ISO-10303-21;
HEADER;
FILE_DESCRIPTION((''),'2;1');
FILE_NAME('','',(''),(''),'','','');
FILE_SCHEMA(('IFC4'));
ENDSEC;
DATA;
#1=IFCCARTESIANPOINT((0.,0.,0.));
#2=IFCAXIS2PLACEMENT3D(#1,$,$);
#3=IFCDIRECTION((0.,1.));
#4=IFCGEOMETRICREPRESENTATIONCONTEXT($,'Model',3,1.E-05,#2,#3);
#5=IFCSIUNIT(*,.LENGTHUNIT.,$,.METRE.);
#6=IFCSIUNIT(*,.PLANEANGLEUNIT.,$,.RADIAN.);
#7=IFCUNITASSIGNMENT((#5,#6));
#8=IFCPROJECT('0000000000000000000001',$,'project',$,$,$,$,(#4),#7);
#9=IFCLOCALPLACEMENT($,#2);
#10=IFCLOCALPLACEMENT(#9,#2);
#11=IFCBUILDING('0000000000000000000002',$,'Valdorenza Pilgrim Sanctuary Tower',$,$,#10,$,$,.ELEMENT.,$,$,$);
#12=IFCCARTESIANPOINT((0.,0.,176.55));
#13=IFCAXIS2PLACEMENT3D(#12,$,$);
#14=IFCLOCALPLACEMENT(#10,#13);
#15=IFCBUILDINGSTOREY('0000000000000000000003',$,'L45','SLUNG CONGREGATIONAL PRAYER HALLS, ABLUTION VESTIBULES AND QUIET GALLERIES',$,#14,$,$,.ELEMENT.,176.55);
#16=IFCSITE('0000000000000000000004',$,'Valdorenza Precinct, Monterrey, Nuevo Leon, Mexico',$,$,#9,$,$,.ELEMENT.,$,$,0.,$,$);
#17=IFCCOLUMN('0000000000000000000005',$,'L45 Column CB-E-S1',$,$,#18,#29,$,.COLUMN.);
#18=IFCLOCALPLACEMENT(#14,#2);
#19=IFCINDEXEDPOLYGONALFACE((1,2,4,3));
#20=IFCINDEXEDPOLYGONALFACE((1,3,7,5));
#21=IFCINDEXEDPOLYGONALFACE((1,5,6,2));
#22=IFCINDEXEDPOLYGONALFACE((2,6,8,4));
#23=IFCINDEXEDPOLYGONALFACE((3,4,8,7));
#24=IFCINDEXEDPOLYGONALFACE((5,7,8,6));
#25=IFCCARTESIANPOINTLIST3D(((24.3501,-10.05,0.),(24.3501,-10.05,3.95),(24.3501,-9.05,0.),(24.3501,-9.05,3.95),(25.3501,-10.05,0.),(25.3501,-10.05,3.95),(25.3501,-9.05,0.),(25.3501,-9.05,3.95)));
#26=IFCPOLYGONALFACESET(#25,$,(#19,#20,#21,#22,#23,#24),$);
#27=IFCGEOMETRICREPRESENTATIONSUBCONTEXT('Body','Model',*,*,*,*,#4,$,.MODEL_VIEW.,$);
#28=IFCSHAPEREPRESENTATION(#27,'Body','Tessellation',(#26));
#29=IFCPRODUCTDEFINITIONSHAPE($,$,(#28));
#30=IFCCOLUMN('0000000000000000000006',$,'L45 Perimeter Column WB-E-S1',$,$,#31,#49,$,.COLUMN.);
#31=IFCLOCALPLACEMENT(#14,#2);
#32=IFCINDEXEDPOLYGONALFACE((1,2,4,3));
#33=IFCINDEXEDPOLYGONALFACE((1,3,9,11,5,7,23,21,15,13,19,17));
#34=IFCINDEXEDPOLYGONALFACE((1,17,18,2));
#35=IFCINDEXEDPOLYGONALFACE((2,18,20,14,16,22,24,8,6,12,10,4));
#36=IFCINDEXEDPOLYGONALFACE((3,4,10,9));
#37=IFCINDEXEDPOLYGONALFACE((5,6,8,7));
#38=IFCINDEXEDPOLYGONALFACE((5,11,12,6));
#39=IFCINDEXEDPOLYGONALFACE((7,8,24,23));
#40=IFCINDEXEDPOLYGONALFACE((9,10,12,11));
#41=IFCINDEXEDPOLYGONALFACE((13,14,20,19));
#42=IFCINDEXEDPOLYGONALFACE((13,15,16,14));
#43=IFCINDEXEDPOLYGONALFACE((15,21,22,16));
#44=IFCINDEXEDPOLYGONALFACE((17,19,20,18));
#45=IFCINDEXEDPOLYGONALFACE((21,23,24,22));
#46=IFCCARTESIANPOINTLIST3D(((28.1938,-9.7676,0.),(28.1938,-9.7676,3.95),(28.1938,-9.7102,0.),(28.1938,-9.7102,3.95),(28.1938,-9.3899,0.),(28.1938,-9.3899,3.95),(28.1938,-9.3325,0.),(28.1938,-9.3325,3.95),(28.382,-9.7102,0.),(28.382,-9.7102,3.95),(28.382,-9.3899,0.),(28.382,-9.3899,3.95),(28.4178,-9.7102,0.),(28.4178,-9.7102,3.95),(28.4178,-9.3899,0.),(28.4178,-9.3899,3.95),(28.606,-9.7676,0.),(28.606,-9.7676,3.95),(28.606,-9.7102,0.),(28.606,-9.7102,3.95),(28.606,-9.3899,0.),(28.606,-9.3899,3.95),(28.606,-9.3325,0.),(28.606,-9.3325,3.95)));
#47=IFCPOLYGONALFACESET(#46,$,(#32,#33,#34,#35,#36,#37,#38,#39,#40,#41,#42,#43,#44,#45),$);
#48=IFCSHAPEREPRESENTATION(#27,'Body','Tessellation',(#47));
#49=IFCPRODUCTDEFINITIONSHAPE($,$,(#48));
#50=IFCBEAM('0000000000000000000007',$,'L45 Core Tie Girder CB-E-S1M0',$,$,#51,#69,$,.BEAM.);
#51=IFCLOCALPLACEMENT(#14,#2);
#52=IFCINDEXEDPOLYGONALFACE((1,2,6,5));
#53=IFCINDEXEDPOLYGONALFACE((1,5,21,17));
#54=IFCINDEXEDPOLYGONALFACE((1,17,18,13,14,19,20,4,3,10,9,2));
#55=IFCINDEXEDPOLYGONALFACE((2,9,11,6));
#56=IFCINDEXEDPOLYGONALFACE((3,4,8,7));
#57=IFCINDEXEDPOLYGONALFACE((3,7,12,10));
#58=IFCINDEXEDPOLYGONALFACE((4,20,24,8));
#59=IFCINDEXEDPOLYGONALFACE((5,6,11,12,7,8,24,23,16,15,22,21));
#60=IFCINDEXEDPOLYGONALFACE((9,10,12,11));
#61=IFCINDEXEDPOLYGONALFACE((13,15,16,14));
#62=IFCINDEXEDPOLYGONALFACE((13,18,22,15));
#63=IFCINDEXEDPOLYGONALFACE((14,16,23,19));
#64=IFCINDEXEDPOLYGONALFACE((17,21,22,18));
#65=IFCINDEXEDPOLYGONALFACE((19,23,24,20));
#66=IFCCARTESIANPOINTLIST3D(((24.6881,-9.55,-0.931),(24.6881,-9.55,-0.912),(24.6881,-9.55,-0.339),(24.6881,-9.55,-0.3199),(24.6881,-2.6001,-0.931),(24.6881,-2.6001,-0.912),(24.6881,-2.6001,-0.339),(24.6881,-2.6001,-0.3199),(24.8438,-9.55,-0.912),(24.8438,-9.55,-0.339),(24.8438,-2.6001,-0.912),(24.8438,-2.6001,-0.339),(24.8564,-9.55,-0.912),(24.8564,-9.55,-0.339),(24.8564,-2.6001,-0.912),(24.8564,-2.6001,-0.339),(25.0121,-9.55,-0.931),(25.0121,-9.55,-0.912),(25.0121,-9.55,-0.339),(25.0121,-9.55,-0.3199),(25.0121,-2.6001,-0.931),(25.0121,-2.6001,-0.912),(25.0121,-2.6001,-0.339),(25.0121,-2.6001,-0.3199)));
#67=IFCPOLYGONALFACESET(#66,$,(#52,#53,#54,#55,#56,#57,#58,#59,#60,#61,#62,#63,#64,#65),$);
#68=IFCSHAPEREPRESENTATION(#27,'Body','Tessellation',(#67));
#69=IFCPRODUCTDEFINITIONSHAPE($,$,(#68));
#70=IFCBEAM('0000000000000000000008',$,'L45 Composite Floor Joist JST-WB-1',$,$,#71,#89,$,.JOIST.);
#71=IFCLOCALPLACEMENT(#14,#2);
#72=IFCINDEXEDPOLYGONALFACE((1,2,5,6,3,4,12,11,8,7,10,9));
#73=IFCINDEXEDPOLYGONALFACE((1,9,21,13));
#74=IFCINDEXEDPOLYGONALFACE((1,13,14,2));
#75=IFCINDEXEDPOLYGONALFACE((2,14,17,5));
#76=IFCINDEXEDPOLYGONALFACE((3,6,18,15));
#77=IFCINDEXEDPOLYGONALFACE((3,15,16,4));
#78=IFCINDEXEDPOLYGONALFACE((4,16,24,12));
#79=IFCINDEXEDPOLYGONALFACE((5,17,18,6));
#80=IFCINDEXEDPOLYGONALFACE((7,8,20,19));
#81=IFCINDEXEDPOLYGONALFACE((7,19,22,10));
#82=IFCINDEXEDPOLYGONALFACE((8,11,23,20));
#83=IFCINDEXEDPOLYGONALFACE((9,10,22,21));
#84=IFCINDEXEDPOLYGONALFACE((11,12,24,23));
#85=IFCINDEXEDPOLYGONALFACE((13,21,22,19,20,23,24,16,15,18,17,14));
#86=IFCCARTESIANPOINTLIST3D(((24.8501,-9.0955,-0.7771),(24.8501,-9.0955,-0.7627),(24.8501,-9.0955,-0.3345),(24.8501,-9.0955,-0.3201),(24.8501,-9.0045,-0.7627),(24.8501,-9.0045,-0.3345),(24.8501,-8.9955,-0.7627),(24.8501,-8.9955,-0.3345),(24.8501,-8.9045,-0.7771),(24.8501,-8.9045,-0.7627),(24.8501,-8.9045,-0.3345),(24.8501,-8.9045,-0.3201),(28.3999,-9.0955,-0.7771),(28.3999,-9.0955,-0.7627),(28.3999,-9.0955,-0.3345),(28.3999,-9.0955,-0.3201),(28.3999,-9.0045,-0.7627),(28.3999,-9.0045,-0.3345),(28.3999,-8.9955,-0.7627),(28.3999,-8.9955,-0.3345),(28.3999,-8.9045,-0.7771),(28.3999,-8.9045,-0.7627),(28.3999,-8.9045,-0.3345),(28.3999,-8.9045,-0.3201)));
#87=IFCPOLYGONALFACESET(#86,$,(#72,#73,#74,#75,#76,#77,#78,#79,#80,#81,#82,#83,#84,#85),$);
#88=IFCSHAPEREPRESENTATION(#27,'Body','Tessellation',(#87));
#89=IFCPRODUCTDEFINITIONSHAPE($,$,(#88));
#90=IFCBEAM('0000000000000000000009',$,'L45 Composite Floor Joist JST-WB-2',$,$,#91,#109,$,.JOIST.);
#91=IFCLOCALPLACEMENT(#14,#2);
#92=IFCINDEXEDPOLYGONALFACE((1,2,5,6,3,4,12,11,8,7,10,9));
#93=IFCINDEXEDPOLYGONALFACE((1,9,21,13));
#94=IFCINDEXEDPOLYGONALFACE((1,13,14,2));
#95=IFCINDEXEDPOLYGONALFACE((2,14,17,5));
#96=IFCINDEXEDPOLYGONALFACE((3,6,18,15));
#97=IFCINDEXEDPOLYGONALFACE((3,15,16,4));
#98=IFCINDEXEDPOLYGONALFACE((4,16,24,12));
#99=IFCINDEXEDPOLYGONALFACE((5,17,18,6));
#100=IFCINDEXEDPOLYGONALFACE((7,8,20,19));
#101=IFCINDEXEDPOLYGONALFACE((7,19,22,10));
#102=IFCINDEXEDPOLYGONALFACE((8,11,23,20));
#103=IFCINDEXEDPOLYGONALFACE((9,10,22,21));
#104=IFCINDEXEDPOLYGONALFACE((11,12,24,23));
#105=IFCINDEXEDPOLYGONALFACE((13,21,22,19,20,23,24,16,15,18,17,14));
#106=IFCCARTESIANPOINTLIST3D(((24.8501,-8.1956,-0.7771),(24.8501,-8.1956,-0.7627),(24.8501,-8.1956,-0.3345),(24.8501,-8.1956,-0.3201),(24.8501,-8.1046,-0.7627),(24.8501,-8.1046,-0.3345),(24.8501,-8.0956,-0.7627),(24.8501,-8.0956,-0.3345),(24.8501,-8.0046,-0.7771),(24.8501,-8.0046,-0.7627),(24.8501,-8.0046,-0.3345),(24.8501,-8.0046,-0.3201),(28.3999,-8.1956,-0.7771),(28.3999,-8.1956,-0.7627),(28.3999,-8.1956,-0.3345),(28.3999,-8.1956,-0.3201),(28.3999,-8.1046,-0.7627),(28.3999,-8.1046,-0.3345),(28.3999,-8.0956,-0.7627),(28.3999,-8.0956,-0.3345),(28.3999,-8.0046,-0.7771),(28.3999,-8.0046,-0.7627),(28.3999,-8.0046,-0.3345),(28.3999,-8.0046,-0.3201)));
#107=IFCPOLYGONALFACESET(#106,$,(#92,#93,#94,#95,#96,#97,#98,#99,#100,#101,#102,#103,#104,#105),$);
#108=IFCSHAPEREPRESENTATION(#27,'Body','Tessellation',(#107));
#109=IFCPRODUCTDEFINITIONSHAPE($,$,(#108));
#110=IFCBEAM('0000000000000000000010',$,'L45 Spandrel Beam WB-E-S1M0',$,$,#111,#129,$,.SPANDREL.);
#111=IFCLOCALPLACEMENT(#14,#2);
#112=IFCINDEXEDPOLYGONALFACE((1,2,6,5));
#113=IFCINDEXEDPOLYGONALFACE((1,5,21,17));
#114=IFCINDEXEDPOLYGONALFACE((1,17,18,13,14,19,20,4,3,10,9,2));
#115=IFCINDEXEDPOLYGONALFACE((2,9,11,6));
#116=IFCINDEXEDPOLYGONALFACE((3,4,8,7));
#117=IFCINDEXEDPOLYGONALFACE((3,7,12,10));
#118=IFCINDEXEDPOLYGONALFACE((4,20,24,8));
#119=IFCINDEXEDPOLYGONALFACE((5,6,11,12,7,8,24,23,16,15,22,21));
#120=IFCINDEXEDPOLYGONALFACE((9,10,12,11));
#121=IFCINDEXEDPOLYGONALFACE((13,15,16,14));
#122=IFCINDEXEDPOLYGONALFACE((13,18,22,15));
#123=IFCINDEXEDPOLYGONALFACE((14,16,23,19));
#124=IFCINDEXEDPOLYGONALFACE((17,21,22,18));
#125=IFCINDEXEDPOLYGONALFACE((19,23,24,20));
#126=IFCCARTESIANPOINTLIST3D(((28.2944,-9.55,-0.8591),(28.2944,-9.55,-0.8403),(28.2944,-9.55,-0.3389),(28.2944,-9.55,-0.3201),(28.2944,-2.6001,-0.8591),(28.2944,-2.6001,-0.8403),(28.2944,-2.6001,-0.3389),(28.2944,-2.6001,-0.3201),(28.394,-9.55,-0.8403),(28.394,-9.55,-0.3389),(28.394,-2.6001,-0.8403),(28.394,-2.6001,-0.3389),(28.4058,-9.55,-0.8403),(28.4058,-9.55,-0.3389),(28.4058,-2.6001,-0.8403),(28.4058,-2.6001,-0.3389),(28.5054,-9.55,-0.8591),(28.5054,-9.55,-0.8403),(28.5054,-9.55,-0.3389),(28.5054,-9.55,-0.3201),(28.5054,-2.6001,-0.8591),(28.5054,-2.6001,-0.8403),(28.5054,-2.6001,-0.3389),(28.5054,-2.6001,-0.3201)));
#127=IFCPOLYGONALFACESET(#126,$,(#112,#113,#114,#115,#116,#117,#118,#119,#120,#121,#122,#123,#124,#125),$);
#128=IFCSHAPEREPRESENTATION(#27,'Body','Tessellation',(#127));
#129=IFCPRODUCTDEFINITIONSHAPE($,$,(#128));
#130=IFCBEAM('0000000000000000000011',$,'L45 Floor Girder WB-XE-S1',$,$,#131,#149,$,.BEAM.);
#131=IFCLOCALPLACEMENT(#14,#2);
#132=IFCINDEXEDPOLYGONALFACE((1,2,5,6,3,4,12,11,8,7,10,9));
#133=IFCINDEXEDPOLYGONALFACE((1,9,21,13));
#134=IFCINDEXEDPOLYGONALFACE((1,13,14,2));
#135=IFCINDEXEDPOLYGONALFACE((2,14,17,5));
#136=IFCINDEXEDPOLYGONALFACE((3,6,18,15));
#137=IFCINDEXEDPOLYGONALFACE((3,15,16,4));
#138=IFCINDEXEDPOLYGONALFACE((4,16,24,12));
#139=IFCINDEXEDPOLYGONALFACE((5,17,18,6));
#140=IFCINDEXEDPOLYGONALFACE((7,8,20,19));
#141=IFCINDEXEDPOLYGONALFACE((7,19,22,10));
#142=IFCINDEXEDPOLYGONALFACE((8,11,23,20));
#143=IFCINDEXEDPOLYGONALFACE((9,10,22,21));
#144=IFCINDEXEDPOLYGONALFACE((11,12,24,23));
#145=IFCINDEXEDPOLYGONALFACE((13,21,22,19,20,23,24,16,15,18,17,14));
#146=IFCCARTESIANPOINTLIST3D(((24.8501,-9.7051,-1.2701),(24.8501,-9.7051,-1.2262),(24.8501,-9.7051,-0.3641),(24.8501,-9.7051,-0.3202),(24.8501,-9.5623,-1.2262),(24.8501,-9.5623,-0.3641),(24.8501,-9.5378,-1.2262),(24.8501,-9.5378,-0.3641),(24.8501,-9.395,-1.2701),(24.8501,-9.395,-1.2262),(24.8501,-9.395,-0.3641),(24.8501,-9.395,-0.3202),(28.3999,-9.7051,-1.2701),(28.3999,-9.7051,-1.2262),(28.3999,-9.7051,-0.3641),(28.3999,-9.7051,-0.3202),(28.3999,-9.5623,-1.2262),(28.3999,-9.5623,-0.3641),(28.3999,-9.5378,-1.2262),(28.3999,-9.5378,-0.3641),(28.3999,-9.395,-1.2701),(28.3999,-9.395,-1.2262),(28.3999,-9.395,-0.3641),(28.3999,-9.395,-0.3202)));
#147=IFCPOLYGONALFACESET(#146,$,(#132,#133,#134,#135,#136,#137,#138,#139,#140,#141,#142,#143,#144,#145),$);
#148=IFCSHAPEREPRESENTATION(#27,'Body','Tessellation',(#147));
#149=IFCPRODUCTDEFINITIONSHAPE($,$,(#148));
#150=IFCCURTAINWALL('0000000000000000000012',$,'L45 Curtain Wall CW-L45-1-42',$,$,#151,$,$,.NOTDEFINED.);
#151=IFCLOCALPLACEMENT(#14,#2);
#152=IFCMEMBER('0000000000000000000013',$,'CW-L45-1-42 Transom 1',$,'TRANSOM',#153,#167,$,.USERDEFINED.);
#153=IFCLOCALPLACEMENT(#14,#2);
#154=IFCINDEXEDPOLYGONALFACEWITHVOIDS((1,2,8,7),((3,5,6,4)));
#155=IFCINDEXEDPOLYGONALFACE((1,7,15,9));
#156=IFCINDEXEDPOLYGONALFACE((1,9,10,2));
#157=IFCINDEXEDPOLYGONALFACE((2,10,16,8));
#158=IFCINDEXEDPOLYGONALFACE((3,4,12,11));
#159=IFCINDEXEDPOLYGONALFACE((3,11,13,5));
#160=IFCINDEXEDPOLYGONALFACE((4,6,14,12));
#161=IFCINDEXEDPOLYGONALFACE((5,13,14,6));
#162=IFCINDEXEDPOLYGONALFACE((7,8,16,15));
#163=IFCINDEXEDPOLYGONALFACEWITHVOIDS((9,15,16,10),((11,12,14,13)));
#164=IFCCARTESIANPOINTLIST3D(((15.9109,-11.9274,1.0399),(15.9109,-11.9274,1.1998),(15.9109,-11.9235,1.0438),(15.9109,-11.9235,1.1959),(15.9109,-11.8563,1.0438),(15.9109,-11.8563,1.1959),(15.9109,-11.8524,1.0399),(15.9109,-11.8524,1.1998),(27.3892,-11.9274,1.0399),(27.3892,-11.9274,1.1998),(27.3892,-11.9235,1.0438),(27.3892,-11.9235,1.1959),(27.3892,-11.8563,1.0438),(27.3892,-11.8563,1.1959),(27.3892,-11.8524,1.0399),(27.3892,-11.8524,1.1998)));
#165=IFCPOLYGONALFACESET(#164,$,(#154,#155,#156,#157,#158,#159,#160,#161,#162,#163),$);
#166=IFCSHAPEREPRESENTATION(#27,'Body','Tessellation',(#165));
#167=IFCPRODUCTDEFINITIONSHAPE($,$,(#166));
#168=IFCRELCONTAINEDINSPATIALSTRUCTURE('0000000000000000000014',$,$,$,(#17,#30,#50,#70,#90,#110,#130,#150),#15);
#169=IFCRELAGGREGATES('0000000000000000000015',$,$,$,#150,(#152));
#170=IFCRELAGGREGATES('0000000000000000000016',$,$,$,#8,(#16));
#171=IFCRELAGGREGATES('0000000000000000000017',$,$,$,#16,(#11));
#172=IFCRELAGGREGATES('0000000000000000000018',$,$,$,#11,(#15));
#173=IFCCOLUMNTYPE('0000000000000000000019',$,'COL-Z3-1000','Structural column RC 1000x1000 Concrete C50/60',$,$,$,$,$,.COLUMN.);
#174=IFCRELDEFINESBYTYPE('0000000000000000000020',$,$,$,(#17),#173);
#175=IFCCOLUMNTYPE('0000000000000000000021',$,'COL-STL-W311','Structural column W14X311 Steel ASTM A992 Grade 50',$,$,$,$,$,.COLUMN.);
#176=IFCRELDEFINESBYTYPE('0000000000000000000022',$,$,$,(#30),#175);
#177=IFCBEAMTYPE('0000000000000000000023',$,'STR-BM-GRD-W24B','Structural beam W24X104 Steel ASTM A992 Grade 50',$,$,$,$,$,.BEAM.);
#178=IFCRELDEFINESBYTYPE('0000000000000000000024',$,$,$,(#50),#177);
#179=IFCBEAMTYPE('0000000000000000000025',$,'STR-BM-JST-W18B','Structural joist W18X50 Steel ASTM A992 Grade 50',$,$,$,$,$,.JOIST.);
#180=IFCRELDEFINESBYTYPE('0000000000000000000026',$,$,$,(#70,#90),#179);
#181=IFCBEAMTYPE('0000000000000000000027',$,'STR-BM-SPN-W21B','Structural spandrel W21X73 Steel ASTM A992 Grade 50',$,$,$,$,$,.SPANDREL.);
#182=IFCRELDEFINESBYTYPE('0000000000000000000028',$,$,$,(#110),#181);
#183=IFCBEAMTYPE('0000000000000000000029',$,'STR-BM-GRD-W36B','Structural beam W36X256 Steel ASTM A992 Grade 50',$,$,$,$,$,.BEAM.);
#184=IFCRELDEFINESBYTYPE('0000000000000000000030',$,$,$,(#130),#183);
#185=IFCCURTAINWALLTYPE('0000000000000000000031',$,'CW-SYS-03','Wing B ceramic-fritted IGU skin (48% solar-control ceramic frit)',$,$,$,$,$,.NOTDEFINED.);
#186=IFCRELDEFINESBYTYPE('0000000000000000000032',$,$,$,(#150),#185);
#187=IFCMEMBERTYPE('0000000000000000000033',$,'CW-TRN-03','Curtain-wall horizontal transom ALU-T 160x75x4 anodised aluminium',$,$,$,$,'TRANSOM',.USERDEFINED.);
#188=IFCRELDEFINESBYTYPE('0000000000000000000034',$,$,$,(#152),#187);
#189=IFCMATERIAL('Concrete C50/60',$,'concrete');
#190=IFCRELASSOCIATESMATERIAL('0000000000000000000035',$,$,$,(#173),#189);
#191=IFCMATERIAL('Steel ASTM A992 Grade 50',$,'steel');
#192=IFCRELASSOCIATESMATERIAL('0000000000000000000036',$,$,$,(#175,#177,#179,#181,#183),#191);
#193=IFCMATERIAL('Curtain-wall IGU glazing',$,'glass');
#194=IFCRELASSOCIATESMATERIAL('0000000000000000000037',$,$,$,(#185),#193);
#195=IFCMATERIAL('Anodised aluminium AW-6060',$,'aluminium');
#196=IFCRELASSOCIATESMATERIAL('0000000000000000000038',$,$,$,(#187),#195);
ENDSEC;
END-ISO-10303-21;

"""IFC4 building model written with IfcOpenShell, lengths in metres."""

from ifc_helpers import new_model, si_unit, direction, frame, origin, origin_2d, place, context, subcontext, project, spatial, rectangle, hollow_rectangle, i_section, extrude, source, transform, mapped, material, material_profile, profile_set, type_object, element, aggregate, save


model = new_model("IFC4")

# Units and contexts
model_context = context("Model", 3, precision=1e-05, world=origin(), true_north=direction((0.0, 1.0)))
body_context = subcontext(model_context, "Body", "Model", "MODEL_VIEW")
ifc_project = project(units=[si_unit("LENGTHUNIT", "METRE"), si_unit("PLANEANGLEUNIT", "RADIAN")], contexts=[model_context])

# Site, building, storey
site_placement = place(None, origin())
site = spatial("IfcSite", under=ifc_project, at=site_placement, Name="Valdorenza Precinct, Monterrey, Nuevo Leon, Mexico", CompositionType="ELEMENT", RefElevation=0.0)
building_placement = place(site_placement, origin())
building = spatial("IfcBuilding", under=site, at=building_placement, Name="Valdorenza Pilgrim Sanctuary Tower", CompositionType="ELEMENT")
storey_placement = place(building_placement, frame((0.0, 0.0, 176.55)))
storey = spatial("IfcBuildingStorey", under=building, at=storey_placement, Name="L45", Description="SLUNG CONGREGATIONAL PRAYER HALLS, ABLUTION VESTIBULES AND QUIET GALLERIES", CompositionType="ELEMENT", Elevation=176.55)

# Columns
ifc_material_1 = material(Name="Concrete C50/60", Category="concrete")
ifc_material_profile_1 = material_profile(ifc_material_1, rectangle(XDim=1.0, YDim=1.0, at=origin_2d()), Name="RC 1000x1000")
ifc_profile_set_1 = profile_set([ifc_material_profile_1], Name="Concrete C50/60")
column_type_1 = type_object("IfcColumnType", Name="COL-Z3-1000", Description="Structural column RC 1000x1000 Concrete C50/60", PredefinedType="COLUMN", material=ifc_profile_set_1)
shared_shape_1 = source(origin(), body_context, "Body", "SweptSolid", [
    extrude(rectangle(XDim=1.0, YDim=1.0, at=origin_2d()), origin(), (0.0, 0.0, 1.0), 3.95),
])
column_1_placement = place(storey_placement, frame((24.8501, -9.55, 0.0), z_axis=(0.0, 0.0, 1.0), x_axis=(1.0, 0.0, 0.0)))
element("IfcColumn", 1, at=column_1_placement, inside=storey, type_object=column_type_1, Name="L45 Column CB-E-S1", PredefinedType="COLUMN", context=body_context, shape_type="MappedRepresentation", body=[
    mapped(shared_shape_1, transform((0.0, 0.0, 0.0), x_axis=(1.0, 0.0, 0.0), y_axis=(0.0, 1.0, 0.0), z_axis=(0.0, 0.0, 1.0), scale=1.0)),
])
ifc_material_2 = material(Name="Steel ASTM A992 Grade 50", Category="steel")
ifc_material_profile_2 = material_profile(ifc_material_2, i_section(OverallWidth=0.4121, OverallDepth=0.4351, WebThickness=0.0359, FlangeThickness=0.0574, at=origin_2d()), Name="W14X311")
ifc_profile_set_2 = profile_set([ifc_material_profile_2], Name="Steel ASTM A992 Grade 50")
column_type_2 = type_object("IfcColumnType", Name="COL-STL-W311", Description="Structural column W14X311 Steel ASTM A992 Grade 50", PredefinedType="COLUMN", material=ifc_profile_set_2)
shared_shape_2 = source(origin(), body_context, "Body", "SweptSolid", [
    extrude(i_section(OverallWidth=0.4121, OverallDepth=0.4351, WebThickness=0.0359, FlangeThickness=0.0574, at=origin_2d()), origin(), (0.0, 0.0, 1.0), 3.95),
])
column_2_placement = place(storey_placement, frame((28.3999, -9.55, 0.0), z_axis=(0.0, 0.0, 1.0), x_axis=(1.0, 0.0, 0.0)))
element("IfcColumn", 2, at=column_2_placement, inside=storey, type_object=column_type_2, Name="L45 Perimeter Column WB-E-S1", PredefinedType="COLUMN", context=body_context, shape_type="MappedRepresentation", body=[
    mapped(shared_shape_2, transform((0.0, 0.0, 0.0), x_axis=(1.0, 0.0, 0.0), y_axis=(0.0, 1.0, 0.0), z_axis=(0.0, 0.0, 1.0), scale=1.0)),
])

# Beams
ifc_material_profile_3 = material_profile(ifc_material_2, i_section(OverallWidth=0.324, OverallDepth=0.6111, WebThickness=0.0127, FlangeThickness=0.019, at=origin_2d()), Name="W24X104")
ifc_profile_set_3 = profile_set([ifc_material_profile_3], Name="Steel ASTM A992 Grade 50")
beam_type_1 = type_object("IfcBeamType", Name="STR-BM-GRD-W24B", Description="Structural beam W24X104 Steel ASTM A992 Grade 50", PredefinedType="BEAM", material=ifc_profile_set_3)
shared_shape_3 = source(origin(), body_context, "Body", "SweptSolid", [
    extrude(i_section(OverallWidth=0.324, OverallDepth=0.6111, WebThickness=0.0127, FlangeThickness=0.019, at=origin_2d()), origin(), (0.0, 0.0, 1.0), 6.95),
])
beam_1_placement = place(storey_placement, frame((24.8501, -9.55, -0.6255), z_axis=(0.0, 1.0, 0.0), x_axis=(-1.0, 0.0, 0.0)))
element("IfcBeam", 3, at=beam_1_placement, inside=storey, type_object=beam_type_1, Name="L45 Core Tie Girder CB-E-S1M0", PredefinedType="BEAM", context=body_context, shape_type="MappedRepresentation", body=[
    mapped(shared_shape_3, transform((0.0, 0.0, 0.0), x_axis=(1.0, 0.0, 0.0), y_axis=(0.0, 1.0, 0.0), z_axis=(0.0, 0.0, 1.0), scale=1.0)),
])
ifc_material_profile_4 = material_profile(ifc_material_2, i_section(OverallWidth=0.1909, OverallDepth=0.457, WebThickness=0.009, FlangeThickness=0.0144, at=origin_2d()), Name="W18X50")
ifc_profile_set_4 = profile_set([ifc_material_profile_4], Name="Steel ASTM A992 Grade 50")
beam_type_2 = type_object("IfcBeamType", Name="STR-BM-JST-W18B", Description="Structural joist W18X50 Steel ASTM A992 Grade 50", PredefinedType="JOIST", material=ifc_profile_set_4)
shared_shape_4 = source(origin(), body_context, "Body", "SweptSolid", [
    extrude(i_section(OverallWidth=0.1909, OverallDepth=0.457, WebThickness=0.009, FlangeThickness=0.0144, at=origin_2d()), origin(), (0.0, 0.0, 1.0), 3.5498),
])
for number, where, z_axis, x_axis, name in (
    (4, (24.8501, -9.0, -0.5486), (1.0, 0.0, 0.0), (0.0, 1.0, 0.0), "L45 Composite Floor Joist JST-WB-1"),
    (5, (24.8501, -8.1001, -0.5486), (1.0, 0.0, 0.0), (0.0, 1.0, 0.0), "L45 Composite Floor Joist JST-WB-2"),
):
    element("IfcBeam", number, at=place(storey_placement, frame(where, z_axis=z_axis, x_axis=x_axis)), inside=storey, type_object=beam_type_2, Name=name, PredefinedType="JOIST", context=body_context, shape_type="MappedRepresentation", body=[
        mapped(shared_shape_4, transform((0.0, 0.0, 0.0), x_axis=(1.0, 0.0, 0.0), y_axis=(0.0, 1.0, 0.0), z_axis=(0.0, 0.0, 1.0), scale=1.0)),
    ])
ifc_material_profile_5 = material_profile(ifc_material_2, i_section(OverallWidth=0.2109, OverallDepth=0.5391, WebThickness=0.0117, FlangeThickness=0.0188, at=origin_2d()), Name="W21X73")
ifc_profile_set_5 = profile_set([ifc_material_profile_5], Name="Steel ASTM A992 Grade 50")
beam_type_3 = type_object("IfcBeamType", Name="STR-BM-SPN-W21B", Description="Structural spandrel W21X73 Steel ASTM A992 Grade 50", PredefinedType="SPANDREL", material=ifc_profile_set_5)
shared_shape_5 = source(origin(), body_context, "Body", "SweptSolid", [
    extrude(i_section(OverallWidth=0.2109, OverallDepth=0.5391, WebThickness=0.0117, FlangeThickness=0.0188, at=origin_2d()), origin(), (0.0, 0.0, 1.0), 6.95),
])
beam_2_placement = place(storey_placement, frame((28.3999, -9.55, -0.5896), z_axis=(0.0, 1.0, 0.0), x_axis=(-1.0, 0.0, 0.0)))
element("IfcBeam", 6, at=beam_2_placement, inside=storey, type_object=beam_type_3, Name="L45 Spandrel Beam WB-E-S1M0", PredefinedType="SPANDREL", context=body_context, shape_type="MappedRepresentation", body=[
    mapped(shared_shape_5, transform((0.0, 0.0, 0.0), x_axis=(1.0, 0.0, 0.0), y_axis=(0.0, 1.0, 0.0), z_axis=(0.0, 0.0, 1.0), scale=1.0)),
])
ifc_material_profile_6 = material_profile(ifc_material_2, i_section(OverallWidth=0.3101, OverallDepth=0.95, WebThickness=0.0244, FlangeThickness=0.0439, at=origin_2d()), Name="W36X256")
ifc_profile_set_6 = profile_set([ifc_material_profile_6], Name="Steel ASTM A992 Grade 50")
beam_type_4 = type_object("IfcBeamType", Name="STR-BM-GRD-W36B", Description="Structural beam W36X256 Steel ASTM A992 Grade 50", PredefinedType="BEAM", material=ifc_profile_set_6)
shared_shape_6 = source(origin(), body_context, "Body", "SweptSolid", [
    extrude(i_section(OverallWidth=0.3101, OverallDepth=0.95, WebThickness=0.0244, FlangeThickness=0.0439, at=origin_2d()), origin(), (0.0, 0.0, 1.0), 3.5498),
])
beam_3_placement = place(storey_placement, frame((24.8501, -9.55, -0.7952), z_axis=(1.0, 0.0, 0.0), x_axis=(0.0, 1.0, 0.0)))
element("IfcBeam", 7, at=beam_3_placement, inside=storey, type_object=beam_type_4, Name="L45 Floor Girder WB-XE-S1", PredefinedType="BEAM", context=body_context, shape_type="MappedRepresentation", body=[
    mapped(shared_shape_6, transform((0.0, 0.0, 0.0), x_axis=(1.0, 0.0, 0.0), y_axis=(0.0, 1.0, 0.0), z_axis=(0.0, 0.0, 1.0), scale=1.0)),
])

# Curtain wall, member
ifc_material_3 = material(Name="Curtain-wall IGU glazing", Category="glass")
curtain_wall_type = type_object("IfcCurtainWallType", Name="CW-SYS-03", Description="Wing B ceramic-fritted IGU skin (48% solar-control ceramic frit)", PredefinedType="NOTDEFINED", material=ifc_material_3)
curtain_wall_1_placement = place(storey_placement, origin())
curtain_wall_1 = element("IfcCurtainWall", 8, at=curtain_wall_1_placement, inside=storey, type_object=curtain_wall_type, Name="L45 Curtain Wall CW-L45-1-42", PredefinedType="NOTDEFINED")
ifc_material_4 = material(Name="Anodised aluminium AW-6060", Category="aluminium")
ifc_material_profile_7 = material_profile(ifc_material_4, hollow_rectangle(XDim=0.075, YDim=0.1599, WallThickness=0.0039, at=origin_2d()), Name="ALU-T 160x75x4")
ifc_profile_set_7 = profile_set([ifc_material_profile_7], Name="Anodised aluminium AW-6060")
member_type_1 = type_object("IfcMemberType", Name="CW-TRN-03", Description="Curtain-wall horizontal transom ALU-T 160x75x4 anodised aluminium", ElementType="TRANSOM", PredefinedType="USERDEFINED", material=ifc_profile_set_7)
shared_shape_7 = source(origin(), body_context, "Body", "SweptSolid", [
    extrude(hollow_rectangle(XDim=0.075, YDim=0.1599, WallThickness=0.0039, at=origin_2d()), origin(), (0.0, 0.0, 1.0), 11.4783),
])
member_1_placement = place(storey_placement, frame((27.3892, -11.8899, 1.1199), z_axis=(-1.0, 0.0, 0.0), x_axis=(0.0, -1.0, 0.0)))
member_1 = element("IfcMember", 9, at=member_1_placement, type_object=member_type_1, Name="CW-L45-1-42 Transom 1", ObjectType="TRANSOM", PredefinedType="USERDEFINED", context=body_context, shape_type="MappedRepresentation", body=[
    mapped(shared_shape_7, transform((0.0, 0.0, 0.0), x_axis=(1.0, 0.0, 0.0), y_axis=(0.0, 1.0, 0.0), z_axis=(0.0, 0.0, 1.0), scale=1.0)),
])

aggregate(curtain_wall_1, [member_1])

save(model, "model.ifc")
